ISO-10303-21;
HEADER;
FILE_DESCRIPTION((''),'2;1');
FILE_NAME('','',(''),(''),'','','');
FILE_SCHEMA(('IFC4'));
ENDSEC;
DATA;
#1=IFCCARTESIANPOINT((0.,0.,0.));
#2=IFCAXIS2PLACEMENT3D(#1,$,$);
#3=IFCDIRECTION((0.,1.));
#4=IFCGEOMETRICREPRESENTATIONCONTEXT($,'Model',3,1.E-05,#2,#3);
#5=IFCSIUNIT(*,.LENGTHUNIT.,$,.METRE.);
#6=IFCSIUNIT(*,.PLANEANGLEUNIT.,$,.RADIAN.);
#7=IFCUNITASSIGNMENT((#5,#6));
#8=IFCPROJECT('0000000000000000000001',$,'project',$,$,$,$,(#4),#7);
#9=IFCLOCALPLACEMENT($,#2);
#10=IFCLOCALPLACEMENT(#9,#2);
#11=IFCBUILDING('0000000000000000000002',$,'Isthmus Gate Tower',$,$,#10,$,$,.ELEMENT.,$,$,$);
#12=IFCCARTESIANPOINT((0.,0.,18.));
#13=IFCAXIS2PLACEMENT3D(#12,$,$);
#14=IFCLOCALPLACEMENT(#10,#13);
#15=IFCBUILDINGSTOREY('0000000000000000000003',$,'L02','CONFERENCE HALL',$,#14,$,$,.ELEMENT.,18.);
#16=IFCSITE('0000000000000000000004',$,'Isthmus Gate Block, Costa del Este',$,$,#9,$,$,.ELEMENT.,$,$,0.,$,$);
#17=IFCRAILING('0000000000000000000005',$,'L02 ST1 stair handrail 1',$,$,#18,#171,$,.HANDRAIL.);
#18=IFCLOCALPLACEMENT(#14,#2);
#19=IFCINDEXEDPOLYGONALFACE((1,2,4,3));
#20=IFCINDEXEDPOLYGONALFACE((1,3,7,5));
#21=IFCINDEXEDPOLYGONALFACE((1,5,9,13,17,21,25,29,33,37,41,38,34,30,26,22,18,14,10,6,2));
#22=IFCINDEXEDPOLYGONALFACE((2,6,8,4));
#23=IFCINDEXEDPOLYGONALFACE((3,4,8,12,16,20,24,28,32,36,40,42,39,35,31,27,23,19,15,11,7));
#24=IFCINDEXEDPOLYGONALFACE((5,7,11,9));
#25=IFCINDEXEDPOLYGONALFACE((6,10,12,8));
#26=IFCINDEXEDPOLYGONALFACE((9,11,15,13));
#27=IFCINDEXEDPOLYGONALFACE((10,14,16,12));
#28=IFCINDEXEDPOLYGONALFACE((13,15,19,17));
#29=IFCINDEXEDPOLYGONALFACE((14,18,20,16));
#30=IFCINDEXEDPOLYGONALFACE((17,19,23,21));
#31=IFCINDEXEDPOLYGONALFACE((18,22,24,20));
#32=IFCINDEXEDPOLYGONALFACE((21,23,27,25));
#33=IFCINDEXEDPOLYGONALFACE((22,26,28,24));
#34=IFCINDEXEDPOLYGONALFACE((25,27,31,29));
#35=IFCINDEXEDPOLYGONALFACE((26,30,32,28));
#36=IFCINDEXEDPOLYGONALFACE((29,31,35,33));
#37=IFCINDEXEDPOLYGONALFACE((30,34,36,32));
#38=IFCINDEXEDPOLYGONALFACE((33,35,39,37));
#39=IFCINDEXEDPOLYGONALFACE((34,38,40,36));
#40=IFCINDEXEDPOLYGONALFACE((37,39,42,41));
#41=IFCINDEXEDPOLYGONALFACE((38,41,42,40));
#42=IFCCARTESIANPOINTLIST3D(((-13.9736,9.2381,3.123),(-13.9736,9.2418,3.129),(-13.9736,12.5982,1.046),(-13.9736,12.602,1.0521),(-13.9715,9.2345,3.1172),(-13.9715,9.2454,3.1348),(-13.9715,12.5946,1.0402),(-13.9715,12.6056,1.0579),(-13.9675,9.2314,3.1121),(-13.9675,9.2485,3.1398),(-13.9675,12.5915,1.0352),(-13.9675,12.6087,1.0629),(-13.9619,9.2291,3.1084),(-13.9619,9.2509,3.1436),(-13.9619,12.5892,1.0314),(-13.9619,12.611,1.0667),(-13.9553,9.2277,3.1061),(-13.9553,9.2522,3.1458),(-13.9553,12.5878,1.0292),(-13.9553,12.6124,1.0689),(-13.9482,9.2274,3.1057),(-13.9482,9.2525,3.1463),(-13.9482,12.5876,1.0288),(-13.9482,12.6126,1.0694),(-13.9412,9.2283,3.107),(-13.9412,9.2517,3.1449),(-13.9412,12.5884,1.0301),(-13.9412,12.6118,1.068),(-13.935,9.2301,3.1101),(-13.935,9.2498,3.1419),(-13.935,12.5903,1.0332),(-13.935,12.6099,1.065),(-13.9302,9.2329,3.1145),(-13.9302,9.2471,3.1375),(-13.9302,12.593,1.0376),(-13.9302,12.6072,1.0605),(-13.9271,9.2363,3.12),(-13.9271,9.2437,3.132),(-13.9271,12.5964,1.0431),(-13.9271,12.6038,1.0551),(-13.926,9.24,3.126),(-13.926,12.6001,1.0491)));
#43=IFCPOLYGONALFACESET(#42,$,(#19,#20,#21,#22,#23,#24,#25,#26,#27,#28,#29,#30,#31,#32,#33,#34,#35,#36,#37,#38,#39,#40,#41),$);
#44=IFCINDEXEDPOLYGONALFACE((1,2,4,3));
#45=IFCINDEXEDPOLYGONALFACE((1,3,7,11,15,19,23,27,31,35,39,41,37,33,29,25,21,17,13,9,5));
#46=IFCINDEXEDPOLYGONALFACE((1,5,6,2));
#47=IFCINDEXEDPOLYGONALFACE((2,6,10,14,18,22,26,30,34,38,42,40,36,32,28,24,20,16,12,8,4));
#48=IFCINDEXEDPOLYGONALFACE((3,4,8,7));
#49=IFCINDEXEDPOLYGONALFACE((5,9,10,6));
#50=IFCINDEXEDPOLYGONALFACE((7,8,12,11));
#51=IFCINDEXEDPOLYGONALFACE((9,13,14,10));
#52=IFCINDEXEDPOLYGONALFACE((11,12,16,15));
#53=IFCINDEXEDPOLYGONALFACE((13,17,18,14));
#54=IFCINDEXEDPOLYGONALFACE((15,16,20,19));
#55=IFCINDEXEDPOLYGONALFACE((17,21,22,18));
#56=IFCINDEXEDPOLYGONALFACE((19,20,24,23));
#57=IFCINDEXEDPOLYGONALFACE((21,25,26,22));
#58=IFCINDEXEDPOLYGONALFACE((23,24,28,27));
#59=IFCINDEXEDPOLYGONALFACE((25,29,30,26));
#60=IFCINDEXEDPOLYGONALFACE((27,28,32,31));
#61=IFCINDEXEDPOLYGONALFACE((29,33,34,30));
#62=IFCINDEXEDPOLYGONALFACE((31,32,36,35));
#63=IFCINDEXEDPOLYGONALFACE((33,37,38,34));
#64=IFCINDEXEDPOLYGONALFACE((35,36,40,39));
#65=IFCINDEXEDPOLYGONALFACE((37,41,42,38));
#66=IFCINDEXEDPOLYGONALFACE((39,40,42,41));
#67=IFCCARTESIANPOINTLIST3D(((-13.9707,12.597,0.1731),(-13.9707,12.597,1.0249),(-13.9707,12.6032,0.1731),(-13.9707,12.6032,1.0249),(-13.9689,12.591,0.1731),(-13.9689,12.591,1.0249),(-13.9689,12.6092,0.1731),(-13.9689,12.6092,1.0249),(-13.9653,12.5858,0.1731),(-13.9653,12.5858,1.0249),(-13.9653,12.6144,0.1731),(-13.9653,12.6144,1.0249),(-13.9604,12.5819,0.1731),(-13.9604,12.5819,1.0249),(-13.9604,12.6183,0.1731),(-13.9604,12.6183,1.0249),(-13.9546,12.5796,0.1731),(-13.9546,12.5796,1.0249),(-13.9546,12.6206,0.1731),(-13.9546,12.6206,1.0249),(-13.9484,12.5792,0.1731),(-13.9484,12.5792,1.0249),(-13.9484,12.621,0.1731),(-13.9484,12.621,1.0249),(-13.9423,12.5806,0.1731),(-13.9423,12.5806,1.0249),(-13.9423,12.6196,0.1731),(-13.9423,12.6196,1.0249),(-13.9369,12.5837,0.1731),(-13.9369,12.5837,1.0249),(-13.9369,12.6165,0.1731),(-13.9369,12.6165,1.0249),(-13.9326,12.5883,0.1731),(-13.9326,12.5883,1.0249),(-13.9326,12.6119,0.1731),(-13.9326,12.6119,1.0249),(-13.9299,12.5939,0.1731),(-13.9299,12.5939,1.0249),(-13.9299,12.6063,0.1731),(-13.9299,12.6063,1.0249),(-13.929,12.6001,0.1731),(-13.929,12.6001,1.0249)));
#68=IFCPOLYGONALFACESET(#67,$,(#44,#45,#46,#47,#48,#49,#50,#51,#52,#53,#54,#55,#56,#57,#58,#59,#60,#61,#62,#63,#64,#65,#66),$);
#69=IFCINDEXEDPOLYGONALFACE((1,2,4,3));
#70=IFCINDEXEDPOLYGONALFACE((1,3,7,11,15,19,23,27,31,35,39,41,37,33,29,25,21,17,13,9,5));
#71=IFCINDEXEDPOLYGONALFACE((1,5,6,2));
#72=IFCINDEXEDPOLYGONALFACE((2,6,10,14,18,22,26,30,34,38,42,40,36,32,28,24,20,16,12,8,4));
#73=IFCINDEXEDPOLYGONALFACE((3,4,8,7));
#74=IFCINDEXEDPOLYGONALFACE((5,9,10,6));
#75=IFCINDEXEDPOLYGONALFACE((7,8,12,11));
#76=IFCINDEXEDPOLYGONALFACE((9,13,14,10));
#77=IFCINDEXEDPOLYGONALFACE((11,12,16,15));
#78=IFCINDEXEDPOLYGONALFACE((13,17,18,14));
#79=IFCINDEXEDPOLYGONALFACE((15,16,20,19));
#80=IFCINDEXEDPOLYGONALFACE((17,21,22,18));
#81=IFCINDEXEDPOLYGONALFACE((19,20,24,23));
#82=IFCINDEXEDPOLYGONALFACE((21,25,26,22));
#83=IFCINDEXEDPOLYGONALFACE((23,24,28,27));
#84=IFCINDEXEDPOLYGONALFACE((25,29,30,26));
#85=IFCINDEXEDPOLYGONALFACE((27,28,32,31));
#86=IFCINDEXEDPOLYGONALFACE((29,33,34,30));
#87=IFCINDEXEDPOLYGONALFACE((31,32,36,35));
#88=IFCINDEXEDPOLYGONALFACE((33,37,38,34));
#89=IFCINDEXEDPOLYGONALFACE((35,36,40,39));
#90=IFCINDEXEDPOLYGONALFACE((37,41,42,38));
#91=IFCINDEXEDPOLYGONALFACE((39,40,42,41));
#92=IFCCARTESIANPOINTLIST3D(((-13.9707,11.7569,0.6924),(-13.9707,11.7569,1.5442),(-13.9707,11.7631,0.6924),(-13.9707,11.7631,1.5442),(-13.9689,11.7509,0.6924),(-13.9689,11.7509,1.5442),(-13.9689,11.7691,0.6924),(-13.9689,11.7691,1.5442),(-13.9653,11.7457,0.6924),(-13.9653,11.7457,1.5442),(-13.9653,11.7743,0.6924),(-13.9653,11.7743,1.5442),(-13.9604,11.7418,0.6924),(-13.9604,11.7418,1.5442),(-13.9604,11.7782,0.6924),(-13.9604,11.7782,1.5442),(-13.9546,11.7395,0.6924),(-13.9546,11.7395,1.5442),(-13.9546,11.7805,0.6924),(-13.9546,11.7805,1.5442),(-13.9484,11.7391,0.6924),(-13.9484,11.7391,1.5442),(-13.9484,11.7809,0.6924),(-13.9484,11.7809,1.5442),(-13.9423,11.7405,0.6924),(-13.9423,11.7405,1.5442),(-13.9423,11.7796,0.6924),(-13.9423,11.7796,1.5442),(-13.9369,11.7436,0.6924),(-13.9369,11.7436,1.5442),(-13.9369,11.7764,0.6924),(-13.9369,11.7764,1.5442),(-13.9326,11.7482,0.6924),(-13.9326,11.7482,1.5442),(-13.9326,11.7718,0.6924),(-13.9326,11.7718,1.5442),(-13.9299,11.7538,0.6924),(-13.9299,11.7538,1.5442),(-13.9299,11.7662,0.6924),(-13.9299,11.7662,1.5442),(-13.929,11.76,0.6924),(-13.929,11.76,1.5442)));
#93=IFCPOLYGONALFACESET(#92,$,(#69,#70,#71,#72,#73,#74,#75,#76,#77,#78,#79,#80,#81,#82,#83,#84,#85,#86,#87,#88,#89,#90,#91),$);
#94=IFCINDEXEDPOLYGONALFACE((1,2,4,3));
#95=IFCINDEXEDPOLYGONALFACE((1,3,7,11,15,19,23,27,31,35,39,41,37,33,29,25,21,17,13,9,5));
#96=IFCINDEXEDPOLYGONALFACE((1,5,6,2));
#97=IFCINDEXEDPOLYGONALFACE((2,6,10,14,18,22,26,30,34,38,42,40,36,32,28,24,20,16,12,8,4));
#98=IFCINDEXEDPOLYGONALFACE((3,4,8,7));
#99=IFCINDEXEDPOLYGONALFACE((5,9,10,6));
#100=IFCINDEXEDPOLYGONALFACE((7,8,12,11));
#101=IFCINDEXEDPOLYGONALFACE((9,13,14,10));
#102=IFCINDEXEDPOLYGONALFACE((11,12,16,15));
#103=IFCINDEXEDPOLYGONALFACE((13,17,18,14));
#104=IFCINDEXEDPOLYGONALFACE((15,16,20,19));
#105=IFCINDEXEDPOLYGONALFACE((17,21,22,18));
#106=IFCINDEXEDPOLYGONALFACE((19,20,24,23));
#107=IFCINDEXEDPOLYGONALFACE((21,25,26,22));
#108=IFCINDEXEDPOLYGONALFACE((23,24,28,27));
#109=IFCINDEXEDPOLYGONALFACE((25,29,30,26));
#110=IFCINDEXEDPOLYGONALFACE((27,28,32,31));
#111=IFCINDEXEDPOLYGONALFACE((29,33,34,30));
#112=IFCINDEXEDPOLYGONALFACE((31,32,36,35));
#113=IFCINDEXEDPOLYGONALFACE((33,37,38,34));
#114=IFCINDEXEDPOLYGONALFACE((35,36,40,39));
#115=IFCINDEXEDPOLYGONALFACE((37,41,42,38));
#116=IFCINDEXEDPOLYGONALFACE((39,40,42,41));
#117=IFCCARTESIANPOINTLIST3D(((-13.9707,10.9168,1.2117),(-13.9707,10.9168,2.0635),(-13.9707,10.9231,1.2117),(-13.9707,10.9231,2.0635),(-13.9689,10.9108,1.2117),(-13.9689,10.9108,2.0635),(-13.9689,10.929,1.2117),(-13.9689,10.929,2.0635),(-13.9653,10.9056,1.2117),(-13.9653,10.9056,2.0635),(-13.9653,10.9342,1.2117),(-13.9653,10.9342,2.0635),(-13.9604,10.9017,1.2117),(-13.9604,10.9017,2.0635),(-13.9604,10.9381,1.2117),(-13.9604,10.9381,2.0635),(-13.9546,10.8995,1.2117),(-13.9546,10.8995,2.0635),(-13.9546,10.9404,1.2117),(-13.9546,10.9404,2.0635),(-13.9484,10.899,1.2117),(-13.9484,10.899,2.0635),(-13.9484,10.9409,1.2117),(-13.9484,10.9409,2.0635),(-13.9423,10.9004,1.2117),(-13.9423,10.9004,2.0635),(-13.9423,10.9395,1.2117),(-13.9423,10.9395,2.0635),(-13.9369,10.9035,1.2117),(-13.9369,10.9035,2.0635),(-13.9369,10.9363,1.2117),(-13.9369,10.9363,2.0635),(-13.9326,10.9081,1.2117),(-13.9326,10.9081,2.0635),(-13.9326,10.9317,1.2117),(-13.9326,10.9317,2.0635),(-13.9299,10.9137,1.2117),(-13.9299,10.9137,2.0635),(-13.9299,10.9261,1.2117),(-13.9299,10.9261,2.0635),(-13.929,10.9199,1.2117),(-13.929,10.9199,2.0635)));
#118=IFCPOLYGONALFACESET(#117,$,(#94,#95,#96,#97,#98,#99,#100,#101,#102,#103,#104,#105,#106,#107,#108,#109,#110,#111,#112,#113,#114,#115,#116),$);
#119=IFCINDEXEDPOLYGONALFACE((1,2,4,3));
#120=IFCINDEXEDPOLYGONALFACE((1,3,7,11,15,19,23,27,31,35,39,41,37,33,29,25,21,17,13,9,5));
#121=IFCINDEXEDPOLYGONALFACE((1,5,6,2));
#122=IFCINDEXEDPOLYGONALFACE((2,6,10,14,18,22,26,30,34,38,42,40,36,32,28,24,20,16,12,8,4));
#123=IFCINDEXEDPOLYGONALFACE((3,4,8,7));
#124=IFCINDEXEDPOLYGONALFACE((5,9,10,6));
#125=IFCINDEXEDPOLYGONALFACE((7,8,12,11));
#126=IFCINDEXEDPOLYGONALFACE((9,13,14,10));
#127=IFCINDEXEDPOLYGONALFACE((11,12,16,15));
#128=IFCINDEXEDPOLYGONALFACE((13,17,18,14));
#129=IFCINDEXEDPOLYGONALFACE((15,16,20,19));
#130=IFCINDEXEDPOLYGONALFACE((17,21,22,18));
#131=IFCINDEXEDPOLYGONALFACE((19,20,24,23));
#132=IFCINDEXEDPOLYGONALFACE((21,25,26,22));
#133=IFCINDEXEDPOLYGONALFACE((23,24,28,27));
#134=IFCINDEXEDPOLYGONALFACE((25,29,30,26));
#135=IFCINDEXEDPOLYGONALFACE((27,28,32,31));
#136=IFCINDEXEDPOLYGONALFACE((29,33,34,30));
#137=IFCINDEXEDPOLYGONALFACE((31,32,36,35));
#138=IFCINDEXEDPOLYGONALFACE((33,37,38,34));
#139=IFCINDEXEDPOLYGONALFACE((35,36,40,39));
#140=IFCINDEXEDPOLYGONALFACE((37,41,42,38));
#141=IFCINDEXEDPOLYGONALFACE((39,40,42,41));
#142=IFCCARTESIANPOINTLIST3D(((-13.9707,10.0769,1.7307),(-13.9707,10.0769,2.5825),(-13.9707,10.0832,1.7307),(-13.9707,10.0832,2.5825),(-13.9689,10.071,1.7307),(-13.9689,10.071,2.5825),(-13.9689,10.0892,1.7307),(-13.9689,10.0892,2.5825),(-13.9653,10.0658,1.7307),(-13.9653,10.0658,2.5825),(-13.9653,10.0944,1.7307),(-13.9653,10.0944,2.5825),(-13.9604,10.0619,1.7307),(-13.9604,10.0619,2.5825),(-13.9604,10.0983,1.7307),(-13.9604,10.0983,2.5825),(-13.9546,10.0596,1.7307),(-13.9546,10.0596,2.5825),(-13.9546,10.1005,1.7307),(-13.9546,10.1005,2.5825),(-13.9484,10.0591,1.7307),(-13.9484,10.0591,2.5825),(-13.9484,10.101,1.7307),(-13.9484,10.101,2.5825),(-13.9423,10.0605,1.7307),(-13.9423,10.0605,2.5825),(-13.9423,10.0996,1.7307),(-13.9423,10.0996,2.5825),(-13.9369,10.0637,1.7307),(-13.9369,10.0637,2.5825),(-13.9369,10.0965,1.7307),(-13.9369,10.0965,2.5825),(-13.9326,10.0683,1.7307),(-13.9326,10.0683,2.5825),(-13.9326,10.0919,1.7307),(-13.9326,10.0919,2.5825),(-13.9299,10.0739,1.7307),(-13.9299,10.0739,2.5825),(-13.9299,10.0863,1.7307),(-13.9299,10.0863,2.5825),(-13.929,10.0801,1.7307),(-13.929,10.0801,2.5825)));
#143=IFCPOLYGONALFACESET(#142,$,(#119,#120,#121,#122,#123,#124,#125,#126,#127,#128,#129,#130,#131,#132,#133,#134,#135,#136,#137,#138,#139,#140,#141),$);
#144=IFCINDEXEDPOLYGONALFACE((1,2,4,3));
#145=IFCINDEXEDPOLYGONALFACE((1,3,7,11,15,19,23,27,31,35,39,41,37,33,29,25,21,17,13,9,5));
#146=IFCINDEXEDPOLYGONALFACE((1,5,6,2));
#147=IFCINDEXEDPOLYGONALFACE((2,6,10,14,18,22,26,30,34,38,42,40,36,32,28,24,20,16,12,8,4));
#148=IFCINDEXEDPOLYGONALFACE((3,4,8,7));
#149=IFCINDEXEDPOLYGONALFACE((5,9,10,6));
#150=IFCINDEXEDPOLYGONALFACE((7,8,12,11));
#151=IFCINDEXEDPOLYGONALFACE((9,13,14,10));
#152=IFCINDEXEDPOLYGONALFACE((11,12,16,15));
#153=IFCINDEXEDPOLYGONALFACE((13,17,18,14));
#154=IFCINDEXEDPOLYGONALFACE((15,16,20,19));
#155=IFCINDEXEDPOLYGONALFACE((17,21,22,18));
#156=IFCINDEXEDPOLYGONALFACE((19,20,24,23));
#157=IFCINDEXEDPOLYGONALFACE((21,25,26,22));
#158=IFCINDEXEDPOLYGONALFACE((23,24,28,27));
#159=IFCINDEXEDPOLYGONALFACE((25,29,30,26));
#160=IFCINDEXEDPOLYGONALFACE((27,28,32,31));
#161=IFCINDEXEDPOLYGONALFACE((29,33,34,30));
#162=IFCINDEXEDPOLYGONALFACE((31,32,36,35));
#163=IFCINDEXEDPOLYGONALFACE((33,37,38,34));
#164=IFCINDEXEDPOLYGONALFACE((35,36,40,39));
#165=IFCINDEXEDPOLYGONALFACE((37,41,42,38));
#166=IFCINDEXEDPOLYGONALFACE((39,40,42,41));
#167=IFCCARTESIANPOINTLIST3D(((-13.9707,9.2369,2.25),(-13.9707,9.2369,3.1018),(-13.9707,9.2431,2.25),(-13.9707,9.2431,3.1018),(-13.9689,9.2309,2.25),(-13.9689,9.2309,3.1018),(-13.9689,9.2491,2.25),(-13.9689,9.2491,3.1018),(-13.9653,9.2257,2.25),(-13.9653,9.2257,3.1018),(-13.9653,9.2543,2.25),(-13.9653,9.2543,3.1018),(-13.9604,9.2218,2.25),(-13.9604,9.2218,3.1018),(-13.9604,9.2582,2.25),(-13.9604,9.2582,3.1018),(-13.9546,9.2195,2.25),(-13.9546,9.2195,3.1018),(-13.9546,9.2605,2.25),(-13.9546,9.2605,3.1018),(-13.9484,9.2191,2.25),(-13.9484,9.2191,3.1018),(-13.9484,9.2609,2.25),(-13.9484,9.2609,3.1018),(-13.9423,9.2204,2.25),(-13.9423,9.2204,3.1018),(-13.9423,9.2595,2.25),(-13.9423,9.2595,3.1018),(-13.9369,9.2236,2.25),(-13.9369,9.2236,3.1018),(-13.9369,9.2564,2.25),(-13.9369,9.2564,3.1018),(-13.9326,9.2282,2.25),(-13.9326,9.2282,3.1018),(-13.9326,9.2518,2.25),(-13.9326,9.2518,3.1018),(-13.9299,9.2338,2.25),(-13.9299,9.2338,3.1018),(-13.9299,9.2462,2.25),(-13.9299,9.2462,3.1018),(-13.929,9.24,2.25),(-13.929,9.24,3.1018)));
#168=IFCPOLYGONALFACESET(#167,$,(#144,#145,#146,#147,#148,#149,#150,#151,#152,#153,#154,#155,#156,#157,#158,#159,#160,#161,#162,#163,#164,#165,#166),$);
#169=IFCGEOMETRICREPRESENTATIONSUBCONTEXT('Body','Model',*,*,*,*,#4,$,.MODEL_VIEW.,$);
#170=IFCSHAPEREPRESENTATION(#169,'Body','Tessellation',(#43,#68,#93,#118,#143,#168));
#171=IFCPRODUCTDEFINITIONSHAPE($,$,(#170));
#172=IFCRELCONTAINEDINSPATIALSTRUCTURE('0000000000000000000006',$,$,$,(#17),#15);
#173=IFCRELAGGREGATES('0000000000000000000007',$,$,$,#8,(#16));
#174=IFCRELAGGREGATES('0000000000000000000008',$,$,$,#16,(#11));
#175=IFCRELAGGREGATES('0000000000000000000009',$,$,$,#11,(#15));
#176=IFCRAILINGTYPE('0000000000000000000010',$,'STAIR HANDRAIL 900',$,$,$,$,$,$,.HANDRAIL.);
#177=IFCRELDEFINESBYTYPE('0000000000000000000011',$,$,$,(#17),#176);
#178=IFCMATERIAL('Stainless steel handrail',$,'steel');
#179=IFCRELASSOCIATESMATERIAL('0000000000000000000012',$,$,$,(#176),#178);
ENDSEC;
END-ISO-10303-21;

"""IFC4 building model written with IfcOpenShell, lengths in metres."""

from ifc_helpers import new_model, si_unit, direction, frame, origin, origin_2d, place, context, subcontext, project, spatial, circle, extrude, material, type_object, element, save


model = new_model("IFC4")

# Units and contexts
model_context = context("Model", 3, precision=1e-05, world=origin(), true_north=direction((0.0, 1.0)))
body_context = subcontext(model_context, "Body", "Model", "MODEL_VIEW")
ifc_project = project(units=[si_unit("LENGTHUNIT", "METRE"), si_unit("PLANEANGLEUNIT", "RADIAN")], contexts=[model_context])

# Site, building, storey
site_placement = place(None, origin())
site = spatial("IfcSite", under=ifc_project, at=site_placement, Name="Isthmus Gate Block, Costa del Este", CompositionType="ELEMENT", RefElevation=0.0)
building_placement = place(site_placement, origin())
building = spatial("IfcBuilding", under=site, at=building_placement, Name="Isthmus Gate Tower", CompositionType="ELEMENT")
storey_placement = place(building_placement, frame((0.0, 0.0, 18.0)))
storey = spatial("IfcBuildingStorey", under=building, at=storey_placement, Name="L02", Description="CONFERENCE HALL", CompositionType="ELEMENT", Elevation=18.0)

# Railing
ifc_material_1 = material(Name="Stainless steel handrail", Category="steel")
railing_type_1 = type_object("IfcRailingType", Name="STAIR HANDRAIL 900", PredefinedType="HANDRAIL", material=ifc_material_1)
railing_1_placement = place(storey_placement, frame((-13.95, 12.6001, 0.1731)))
element("IfcRailing", 1, at=railing_1_placement, inside=storey, type_object=railing_type_1, Name="L02 ST1 stair handrail 1", PredefinedType="HANDRAIL", context=body_context, shape_type="SweptSolid", body=[
    extrude(circle(Radius=0.0239, at=origin_2d()), frame((0.0, 0.0, 0.876), z_axis=(0.0, -0.850623, 0.525776), x_axis=(1.0, 0.0, 0.0)), (0.0, 0.0, 1.0), 3.9502),
    extrude(circle(Radius=0.021, at=origin_2d()), origin(), (0.0, 0.0, 1.0), 0.8518),
    extrude(circle(Radius=0.021, at=origin_2d()), frame((0.0, -0.8401, 0.5193)), (0.0, 0.0, 1.0), 0.8518),
    extrude(circle(Radius=0.021, at=origin_2d()), frame((0.0, -1.6802, 1.0386)), (0.0, 0.0, 1.0), 0.8518),
    extrude(circle(Radius=0.021, at=origin_2d()), frame((0.0, -2.52, 1.5576)), (0.0, 0.0, 1.0), 0.8518),
    extrude(circle(Radius=0.021, at=origin_2d()), frame((0.0, -3.3601, 2.0769)), (0.0, 0.0, 1.0), 0.8518),
])

save(model, "model.ifc")
